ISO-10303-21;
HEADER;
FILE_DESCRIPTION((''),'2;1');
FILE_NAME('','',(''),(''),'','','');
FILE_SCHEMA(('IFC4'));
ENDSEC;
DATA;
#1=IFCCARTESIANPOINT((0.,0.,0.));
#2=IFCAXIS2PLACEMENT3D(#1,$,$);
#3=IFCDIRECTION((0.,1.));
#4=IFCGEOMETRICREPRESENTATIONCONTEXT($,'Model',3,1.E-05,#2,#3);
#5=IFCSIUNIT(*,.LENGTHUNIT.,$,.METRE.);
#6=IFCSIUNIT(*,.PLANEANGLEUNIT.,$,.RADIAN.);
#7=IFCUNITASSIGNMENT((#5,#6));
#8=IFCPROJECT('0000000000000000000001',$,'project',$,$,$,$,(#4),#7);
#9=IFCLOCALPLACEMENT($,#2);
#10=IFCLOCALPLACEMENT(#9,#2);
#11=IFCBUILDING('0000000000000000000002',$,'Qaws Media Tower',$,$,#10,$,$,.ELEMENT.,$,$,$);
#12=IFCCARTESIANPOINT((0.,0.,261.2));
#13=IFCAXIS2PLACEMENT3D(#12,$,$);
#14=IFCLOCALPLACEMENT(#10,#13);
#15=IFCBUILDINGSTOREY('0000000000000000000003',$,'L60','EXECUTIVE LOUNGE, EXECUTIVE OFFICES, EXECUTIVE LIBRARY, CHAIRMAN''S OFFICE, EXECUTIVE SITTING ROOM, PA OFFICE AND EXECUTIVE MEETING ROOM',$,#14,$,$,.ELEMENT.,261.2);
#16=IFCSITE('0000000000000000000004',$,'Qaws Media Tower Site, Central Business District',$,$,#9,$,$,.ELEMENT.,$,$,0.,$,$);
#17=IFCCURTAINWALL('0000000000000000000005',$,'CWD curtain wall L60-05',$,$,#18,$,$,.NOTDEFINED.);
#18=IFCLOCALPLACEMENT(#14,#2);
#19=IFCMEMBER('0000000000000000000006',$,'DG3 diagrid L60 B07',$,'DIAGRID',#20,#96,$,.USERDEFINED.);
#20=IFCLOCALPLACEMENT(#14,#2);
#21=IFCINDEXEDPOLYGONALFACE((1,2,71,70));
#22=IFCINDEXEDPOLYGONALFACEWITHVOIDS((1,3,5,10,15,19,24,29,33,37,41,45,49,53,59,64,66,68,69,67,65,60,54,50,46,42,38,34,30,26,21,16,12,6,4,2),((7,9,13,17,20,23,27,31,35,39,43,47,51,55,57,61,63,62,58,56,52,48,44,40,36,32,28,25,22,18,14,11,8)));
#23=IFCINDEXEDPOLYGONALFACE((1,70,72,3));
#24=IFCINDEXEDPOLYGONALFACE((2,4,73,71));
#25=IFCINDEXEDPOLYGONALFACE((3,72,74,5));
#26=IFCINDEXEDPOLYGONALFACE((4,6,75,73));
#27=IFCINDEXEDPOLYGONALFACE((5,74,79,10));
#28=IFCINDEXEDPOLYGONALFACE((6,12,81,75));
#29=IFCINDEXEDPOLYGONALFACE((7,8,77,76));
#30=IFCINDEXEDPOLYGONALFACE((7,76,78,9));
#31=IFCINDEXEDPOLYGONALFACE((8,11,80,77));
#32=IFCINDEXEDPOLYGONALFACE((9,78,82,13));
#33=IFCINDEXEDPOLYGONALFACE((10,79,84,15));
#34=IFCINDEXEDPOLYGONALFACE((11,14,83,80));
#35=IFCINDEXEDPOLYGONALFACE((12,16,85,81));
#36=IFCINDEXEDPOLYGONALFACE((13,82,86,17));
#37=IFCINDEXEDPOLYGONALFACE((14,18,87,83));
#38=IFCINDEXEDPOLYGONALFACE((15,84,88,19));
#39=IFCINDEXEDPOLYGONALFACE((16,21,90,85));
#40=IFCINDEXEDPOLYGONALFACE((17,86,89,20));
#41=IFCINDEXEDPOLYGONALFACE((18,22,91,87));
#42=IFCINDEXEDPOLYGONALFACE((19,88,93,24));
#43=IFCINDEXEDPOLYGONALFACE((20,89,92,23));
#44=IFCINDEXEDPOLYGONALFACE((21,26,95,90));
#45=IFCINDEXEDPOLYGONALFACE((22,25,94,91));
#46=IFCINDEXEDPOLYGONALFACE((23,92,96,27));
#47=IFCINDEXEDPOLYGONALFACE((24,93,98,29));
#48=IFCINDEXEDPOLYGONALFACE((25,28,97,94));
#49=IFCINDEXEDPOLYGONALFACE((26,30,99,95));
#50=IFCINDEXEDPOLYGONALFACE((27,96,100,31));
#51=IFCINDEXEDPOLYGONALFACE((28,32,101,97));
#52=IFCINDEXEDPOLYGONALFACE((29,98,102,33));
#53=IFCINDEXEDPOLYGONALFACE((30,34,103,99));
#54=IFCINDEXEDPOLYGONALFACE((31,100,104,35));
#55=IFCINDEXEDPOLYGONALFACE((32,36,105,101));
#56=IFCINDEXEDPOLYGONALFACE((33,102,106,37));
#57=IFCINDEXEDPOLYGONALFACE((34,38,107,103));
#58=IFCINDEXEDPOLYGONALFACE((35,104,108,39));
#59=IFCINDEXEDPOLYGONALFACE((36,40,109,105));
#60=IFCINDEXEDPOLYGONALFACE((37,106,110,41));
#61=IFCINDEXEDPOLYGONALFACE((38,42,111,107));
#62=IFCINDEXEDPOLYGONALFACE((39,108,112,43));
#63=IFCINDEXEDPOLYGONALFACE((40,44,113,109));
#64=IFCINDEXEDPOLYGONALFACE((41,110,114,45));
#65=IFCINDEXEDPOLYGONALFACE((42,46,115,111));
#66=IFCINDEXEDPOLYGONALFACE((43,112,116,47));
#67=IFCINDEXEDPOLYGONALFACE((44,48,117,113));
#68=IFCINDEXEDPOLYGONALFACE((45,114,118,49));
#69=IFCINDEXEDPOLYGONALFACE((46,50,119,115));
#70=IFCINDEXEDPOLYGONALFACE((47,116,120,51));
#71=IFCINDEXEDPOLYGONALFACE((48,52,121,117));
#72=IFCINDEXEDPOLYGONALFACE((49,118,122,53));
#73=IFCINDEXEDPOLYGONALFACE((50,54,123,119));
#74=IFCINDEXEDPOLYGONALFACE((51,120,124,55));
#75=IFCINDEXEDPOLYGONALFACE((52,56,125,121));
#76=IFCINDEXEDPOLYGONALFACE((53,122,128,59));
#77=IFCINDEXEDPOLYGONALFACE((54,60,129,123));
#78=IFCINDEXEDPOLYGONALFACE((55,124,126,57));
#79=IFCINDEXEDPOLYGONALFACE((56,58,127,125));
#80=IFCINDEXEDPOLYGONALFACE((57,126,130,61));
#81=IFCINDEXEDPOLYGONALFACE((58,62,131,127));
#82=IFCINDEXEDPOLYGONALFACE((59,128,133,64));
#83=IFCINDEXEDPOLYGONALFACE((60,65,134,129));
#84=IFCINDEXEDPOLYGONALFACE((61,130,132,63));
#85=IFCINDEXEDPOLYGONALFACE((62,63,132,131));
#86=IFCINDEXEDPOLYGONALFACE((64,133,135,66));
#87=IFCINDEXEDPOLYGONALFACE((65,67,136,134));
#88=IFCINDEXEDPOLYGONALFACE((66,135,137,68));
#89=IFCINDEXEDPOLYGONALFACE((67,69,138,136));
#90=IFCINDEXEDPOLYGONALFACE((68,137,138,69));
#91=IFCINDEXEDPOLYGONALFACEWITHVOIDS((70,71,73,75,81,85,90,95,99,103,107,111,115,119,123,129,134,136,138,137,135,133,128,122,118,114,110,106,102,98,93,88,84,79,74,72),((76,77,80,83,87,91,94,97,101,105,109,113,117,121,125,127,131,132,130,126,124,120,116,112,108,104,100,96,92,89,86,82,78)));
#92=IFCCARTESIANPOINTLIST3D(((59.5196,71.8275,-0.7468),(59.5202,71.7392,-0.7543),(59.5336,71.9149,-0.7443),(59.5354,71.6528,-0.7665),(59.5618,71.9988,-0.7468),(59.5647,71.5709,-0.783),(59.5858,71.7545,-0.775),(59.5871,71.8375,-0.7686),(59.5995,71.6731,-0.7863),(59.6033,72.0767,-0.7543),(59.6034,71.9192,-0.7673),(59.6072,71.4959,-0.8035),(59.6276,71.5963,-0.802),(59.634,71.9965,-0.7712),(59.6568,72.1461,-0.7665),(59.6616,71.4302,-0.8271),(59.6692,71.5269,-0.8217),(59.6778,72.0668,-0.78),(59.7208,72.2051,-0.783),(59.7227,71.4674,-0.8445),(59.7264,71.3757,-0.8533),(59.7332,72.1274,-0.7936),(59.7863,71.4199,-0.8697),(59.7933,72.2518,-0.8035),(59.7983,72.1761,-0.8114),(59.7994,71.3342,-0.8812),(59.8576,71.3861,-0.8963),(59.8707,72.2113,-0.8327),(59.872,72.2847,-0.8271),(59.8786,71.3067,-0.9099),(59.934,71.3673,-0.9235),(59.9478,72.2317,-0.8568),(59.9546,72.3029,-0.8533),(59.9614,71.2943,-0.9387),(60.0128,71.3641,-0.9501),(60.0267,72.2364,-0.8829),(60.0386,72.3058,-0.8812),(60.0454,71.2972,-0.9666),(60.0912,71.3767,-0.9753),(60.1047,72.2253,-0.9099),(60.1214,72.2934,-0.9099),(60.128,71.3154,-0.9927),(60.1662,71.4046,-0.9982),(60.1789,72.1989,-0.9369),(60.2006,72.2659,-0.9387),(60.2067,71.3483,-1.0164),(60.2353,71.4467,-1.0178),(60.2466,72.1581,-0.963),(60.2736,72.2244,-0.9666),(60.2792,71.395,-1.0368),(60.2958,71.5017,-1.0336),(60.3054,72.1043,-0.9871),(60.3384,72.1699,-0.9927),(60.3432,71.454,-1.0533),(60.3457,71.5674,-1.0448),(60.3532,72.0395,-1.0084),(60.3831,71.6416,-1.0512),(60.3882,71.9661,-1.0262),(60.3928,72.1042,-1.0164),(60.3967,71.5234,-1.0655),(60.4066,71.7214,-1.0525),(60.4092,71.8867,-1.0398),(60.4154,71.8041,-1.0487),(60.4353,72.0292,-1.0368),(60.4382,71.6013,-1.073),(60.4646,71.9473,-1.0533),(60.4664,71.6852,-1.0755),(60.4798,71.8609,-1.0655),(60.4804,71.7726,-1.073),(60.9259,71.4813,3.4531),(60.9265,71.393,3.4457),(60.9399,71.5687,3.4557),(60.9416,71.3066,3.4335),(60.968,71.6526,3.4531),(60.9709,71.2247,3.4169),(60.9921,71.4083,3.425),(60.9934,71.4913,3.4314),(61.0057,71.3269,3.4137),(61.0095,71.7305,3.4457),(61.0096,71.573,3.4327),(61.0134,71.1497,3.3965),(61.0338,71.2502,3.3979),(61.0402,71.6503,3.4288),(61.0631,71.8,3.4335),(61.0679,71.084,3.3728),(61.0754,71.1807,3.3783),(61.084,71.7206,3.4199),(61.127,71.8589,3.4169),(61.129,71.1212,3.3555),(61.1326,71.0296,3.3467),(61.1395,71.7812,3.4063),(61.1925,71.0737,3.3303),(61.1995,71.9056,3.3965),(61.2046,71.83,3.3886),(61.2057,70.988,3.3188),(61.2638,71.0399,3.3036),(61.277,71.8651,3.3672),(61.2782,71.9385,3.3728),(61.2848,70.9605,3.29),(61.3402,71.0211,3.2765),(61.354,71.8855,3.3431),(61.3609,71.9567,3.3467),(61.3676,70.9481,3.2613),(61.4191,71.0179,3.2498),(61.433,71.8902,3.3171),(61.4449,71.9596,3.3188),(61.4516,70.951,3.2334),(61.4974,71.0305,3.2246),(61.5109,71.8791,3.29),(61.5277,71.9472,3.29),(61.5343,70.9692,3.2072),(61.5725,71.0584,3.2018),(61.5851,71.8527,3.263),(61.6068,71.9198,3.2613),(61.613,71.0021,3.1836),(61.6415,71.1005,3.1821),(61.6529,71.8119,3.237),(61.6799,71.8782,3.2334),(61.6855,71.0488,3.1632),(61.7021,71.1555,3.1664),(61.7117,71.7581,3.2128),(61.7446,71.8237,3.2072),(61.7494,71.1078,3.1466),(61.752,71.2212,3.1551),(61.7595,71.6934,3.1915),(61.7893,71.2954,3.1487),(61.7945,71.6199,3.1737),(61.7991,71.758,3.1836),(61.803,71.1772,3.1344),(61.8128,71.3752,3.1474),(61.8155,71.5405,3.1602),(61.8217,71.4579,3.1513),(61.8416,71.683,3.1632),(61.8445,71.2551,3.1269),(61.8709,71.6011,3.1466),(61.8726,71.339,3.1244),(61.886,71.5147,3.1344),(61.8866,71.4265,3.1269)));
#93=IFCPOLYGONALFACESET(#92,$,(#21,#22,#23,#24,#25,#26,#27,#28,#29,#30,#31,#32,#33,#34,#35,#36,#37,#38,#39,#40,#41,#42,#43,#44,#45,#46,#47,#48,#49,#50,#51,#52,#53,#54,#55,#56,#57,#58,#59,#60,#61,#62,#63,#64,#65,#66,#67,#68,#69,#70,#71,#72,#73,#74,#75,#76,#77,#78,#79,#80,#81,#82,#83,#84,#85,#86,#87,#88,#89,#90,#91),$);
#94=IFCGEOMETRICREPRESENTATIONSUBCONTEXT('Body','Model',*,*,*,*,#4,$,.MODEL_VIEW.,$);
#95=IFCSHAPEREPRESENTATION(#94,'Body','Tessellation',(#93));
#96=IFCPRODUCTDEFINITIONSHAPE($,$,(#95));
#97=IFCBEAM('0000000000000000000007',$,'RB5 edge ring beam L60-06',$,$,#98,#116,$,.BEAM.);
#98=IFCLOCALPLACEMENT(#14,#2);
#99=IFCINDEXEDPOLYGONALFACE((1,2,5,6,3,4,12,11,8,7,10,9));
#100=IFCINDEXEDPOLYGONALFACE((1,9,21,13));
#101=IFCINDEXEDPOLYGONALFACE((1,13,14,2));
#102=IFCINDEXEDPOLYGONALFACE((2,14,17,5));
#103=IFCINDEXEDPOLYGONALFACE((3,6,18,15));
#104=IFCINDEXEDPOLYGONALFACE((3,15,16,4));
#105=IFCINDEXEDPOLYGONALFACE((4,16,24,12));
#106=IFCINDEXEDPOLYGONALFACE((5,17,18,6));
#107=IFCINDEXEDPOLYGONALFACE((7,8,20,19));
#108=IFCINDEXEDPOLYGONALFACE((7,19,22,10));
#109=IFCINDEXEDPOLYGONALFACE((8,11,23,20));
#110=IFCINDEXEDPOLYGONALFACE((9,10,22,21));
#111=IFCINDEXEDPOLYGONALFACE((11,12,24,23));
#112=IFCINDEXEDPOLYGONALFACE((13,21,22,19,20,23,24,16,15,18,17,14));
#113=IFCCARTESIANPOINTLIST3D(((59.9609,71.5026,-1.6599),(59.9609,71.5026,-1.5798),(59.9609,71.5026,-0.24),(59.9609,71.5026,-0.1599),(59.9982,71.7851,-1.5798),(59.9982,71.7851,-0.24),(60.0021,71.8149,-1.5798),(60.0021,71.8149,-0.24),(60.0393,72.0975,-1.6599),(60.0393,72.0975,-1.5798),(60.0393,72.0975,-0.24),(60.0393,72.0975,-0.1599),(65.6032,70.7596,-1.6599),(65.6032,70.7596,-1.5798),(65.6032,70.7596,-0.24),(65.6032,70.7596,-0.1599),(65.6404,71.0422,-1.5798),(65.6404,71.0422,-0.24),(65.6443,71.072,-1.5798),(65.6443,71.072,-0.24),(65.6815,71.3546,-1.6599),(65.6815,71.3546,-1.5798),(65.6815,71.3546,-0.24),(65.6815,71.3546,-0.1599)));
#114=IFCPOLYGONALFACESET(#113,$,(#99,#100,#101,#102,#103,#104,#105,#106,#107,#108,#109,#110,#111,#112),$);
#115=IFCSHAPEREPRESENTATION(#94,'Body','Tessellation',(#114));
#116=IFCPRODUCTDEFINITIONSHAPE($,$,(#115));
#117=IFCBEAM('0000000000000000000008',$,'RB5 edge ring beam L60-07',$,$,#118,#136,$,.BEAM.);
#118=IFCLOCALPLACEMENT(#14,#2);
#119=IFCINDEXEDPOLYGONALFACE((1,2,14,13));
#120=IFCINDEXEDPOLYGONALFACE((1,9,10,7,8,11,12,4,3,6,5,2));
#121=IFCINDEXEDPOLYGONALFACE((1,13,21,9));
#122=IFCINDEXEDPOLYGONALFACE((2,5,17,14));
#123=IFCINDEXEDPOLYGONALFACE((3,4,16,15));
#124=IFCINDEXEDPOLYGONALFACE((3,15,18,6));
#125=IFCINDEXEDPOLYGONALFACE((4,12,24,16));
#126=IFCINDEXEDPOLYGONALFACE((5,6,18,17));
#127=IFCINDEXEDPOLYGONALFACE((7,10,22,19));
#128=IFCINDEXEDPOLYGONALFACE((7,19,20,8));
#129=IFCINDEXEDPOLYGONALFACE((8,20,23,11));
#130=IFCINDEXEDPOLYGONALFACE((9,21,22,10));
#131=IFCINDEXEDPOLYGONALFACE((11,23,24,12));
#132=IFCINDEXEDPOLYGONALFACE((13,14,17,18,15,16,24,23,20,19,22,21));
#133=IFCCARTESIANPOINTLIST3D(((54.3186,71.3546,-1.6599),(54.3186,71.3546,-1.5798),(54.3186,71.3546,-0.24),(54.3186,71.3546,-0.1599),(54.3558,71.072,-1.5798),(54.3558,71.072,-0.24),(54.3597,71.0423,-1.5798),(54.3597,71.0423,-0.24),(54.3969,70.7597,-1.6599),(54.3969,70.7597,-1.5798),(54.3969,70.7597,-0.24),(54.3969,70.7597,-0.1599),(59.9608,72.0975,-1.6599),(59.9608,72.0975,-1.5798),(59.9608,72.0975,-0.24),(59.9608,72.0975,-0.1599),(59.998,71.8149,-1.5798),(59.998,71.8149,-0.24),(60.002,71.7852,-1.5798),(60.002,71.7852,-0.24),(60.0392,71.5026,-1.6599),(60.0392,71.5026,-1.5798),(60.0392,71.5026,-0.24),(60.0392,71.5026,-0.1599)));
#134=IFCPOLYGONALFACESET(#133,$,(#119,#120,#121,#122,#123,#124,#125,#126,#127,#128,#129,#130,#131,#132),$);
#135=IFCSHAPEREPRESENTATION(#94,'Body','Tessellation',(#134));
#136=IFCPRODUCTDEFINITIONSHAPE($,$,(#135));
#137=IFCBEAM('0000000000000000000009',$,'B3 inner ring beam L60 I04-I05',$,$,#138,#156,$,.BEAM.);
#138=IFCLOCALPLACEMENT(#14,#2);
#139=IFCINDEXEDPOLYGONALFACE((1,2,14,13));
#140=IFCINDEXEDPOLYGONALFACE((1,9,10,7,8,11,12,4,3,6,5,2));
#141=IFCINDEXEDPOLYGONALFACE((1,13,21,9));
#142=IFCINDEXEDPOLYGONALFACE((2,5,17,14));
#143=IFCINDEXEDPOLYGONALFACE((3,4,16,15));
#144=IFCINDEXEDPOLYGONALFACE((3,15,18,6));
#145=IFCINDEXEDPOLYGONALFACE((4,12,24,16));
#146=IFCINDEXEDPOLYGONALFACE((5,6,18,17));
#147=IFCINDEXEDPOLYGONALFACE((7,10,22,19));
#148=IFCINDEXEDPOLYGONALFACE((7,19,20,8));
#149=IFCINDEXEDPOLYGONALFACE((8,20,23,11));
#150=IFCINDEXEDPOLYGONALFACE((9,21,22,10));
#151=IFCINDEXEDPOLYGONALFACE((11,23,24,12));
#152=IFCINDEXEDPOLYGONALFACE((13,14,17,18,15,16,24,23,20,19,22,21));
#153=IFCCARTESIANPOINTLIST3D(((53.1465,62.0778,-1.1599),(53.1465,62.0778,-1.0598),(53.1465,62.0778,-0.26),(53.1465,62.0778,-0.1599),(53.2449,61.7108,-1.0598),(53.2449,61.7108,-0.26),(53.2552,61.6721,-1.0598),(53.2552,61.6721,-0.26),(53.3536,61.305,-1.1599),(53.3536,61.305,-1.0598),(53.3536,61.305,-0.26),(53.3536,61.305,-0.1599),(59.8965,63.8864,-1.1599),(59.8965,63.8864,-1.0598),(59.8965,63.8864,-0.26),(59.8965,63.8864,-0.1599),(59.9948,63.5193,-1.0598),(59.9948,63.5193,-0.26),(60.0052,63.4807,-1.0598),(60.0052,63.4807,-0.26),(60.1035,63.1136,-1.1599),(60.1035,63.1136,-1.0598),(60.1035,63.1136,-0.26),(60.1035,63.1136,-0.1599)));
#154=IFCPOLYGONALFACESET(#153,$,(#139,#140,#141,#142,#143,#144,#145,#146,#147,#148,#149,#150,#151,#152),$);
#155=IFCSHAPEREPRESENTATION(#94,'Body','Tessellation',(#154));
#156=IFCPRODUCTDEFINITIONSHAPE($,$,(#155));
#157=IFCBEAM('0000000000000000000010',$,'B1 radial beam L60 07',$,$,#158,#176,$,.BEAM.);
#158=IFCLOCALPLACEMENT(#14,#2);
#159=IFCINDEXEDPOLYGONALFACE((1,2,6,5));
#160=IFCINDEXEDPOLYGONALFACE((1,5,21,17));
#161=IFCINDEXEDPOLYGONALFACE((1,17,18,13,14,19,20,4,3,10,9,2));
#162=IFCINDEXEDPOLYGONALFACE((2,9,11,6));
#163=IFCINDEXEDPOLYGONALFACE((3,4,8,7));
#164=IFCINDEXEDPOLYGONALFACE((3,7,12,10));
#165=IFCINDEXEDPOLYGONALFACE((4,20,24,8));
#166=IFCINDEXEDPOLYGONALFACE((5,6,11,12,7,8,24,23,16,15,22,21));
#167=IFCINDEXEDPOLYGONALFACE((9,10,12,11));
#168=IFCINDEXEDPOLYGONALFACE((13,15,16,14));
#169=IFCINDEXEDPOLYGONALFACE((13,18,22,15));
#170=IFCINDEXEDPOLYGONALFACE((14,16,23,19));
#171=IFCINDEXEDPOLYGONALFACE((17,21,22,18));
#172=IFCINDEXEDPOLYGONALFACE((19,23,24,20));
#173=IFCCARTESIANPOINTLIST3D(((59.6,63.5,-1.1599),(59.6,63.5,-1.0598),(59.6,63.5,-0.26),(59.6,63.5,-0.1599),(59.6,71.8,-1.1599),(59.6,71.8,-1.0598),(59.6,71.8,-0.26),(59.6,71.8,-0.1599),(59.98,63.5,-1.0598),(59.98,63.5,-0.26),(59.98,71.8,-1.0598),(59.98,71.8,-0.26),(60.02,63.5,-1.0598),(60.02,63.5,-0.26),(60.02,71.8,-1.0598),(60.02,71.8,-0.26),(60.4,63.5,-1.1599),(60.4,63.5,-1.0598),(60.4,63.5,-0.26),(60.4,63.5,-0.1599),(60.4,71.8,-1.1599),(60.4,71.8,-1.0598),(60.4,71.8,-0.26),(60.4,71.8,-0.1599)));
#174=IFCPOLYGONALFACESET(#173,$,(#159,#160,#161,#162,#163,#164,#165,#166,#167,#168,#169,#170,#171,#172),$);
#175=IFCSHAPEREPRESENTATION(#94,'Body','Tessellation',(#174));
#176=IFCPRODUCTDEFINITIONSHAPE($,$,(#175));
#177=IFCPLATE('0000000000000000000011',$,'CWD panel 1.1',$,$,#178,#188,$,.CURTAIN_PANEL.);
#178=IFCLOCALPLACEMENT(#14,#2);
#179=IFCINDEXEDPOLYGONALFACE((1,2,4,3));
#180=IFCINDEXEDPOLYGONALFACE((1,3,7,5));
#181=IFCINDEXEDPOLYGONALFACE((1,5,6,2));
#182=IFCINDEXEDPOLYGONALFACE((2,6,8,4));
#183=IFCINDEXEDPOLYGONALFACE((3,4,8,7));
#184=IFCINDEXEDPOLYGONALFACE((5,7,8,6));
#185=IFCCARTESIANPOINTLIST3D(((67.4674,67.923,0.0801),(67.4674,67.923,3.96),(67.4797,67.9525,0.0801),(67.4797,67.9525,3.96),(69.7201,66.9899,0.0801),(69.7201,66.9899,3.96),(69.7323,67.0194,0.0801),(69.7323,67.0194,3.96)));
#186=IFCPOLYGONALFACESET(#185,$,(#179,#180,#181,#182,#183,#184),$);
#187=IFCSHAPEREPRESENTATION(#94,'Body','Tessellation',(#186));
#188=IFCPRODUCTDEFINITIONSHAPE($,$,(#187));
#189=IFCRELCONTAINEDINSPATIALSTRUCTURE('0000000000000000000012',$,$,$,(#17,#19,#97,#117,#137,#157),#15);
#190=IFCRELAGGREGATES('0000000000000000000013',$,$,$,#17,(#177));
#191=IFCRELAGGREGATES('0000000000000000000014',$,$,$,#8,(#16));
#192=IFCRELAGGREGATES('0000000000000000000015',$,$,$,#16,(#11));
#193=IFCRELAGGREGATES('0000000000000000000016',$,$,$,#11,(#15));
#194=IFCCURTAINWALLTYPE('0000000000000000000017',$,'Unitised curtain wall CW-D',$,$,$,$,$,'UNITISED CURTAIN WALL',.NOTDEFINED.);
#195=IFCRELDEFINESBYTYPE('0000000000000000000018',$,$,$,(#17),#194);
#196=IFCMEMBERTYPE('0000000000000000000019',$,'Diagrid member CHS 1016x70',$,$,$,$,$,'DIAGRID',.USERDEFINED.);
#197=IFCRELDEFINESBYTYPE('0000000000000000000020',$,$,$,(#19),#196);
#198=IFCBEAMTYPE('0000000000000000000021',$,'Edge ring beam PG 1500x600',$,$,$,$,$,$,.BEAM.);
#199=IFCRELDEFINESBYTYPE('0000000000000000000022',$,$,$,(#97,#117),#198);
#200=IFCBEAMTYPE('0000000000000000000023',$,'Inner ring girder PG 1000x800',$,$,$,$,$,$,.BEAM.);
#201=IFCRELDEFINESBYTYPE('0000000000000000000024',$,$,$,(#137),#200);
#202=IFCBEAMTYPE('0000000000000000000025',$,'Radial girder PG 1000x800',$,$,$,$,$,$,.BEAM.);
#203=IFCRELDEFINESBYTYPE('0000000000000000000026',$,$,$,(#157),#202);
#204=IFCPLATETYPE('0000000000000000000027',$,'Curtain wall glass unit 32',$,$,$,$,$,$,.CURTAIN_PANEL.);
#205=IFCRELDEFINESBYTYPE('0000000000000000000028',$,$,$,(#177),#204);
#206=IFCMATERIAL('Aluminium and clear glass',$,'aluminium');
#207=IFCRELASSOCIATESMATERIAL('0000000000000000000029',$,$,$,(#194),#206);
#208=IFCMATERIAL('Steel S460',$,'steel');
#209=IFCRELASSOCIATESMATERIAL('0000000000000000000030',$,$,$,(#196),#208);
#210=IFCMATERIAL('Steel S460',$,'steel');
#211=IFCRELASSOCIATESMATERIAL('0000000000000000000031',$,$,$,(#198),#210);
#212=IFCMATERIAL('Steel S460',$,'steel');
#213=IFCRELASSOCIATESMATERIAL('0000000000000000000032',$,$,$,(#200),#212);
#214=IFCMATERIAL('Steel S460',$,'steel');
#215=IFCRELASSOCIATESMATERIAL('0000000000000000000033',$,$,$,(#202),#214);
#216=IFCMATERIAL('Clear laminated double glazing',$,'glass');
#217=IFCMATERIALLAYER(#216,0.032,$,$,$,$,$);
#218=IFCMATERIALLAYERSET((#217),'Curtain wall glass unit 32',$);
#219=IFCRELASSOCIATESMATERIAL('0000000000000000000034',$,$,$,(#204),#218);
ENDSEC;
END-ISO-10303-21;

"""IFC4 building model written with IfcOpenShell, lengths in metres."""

from ifc_helpers import new_model, si_unit, direction, frame, origin, origin_2d, place, context, subcontext, project, spatial, rectangle, hollow_circle, i_section, extrude, material, layer, layer_set, material_profile, profile_set, type_object, element, aggregate, save


model = new_model("IFC4")

# Units and contexts
model_context = context("Model", 3, precision=1e-05, world=origin(), true_north=direction((0.0, 1.0)))
body_context = subcontext(model_context, "Body", "Model", "MODEL_VIEW")
ifc_project = project(units=[si_unit("LENGTHUNIT", "METRE"), si_unit("PLANEANGLEUNIT", "RADIAN")], contexts=[model_context])

# Site, building, storey
site_placement = place(None, origin())
site = spatial("IfcSite", under=ifc_project, at=site_placement, Name="Qaws Media Tower Site, Central Business District", CompositionType="ELEMENT", RefElevation=0.0)
building_placement = place(site_placement, origin())
building = spatial("IfcBuilding", under=site, at=building_placement, Name="Qaws Media Tower", CompositionType="ELEMENT")
storey_placement = place(building_placement, frame((0.0, 0.0, 261.2)))
storey = spatial("IfcBuildingStorey", under=building, at=storey_placement, Name="L60", Description="EXECUTIVE LOUNGE, EXECUTIVE OFFICES, EXECUTIVE LIBRARY, CHAIRMAN'S OFFICE, EXECUTIVE SITTING ROOM, PA OFFICE AND EXECUTIVE MEETING ROOM", CompositionType="ELEMENT", Elevation=261.2)

# Curtain wall
ifc_material_1 = material(Name="Aluminium and clear glass", Category="aluminium")
curtain_wall_type = type_object("IfcCurtainWallType", Name="Unitised curtain wall CW-D", ElementType="UNITISED CURTAIN WALL", PredefinedType="NOTDEFINED", material=ifc_material_1)
curtain_wall_1_placement = place(storey_placement, origin())
curtain_wall_1 = element("IfcCurtainWall", 1, at=curtain_wall_1_placement, inside=storey, type_object=curtain_wall_type, Name="CWD curtain wall L60-05", PredefinedType="NOTDEFINED")

# Member
ifc_material_2 = material(Name="Steel S460", Category="steel")
ifc_material_profile_1 = material_profile(ifc_material_2, hollow_circle(Radius=0.5081, WallThickness=0.0701, at=origin_2d()), Name="CHS 1016x70")
ifc_profile_set_1 = profile_set([ifc_material_profile_1], Name="Steel S460")
member_type_1 = type_object("IfcMemberType", Name="Diagrid member CHS 1016x70", ElementType="DIAGRID", PredefinedType="USERDEFINED", material=ifc_profile_set_1)
for number, where, z_axis, x_axis, name in (
    (2, (60.0, 71.8, -0.9099), (0.316535, -0.077925, 0.945375), (0.239044, 0.971009, 0.0), "DG3 diagrid L60 B07"),
):
    element("IfcMember", number, at=place(storey_placement, frame(where, z_axis=z_axis, x_axis=x_axis)), inside=storey, type_object=member_type_1, Name=name, ObjectType="DIAGRID", PredefinedType="USERDEFINED", context=body_context, shape_type="SweptSolid", body=[
        extrude(hollow_circle(Radius=0.5081, WallThickness=0.0701, at=origin_2d()), origin(), (0.0, 0.0, 1.0), 4.4426),
    ])

# Beams
ifc_material_3 = material(Name="Steel S460", Category="steel")
ifc_material_profile_2 = material_profile(ifc_material_3, i_section(OverallWidth=0.6001, OverallDepth=1.5, WebThickness=0.03, FlangeThickness=0.0801, at=origin_2d()), Name="PG 1500x600")
ifc_profile_set_2 = profile_set([ifc_material_profile_2], Name="Steel S460")
beam_type_1 = type_object("IfcBeamType", Name="Edge ring beam PG 1500x600", PredefinedType="BEAM", material=ifc_profile_set_2)
for number, where, z_axis, x_axis, name in (
    (3, (65.6423, 71.0571, -0.9099), (-0.991443, 0.130542, 0.0), (-0.130542, -0.991443, 0.0), "RB5 edge ring beam L60-06"),
    (4, (60.0, 71.8, -0.9099), (-0.991443, -0.130542, 0.0), (0.130542, -0.991443, 0.0), "RB5 edge ring beam L60-07"),
):
    element("IfcBeam", number, at=place(storey_placement, frame(where, z_axis=z_axis, x_axis=x_axis)), inside=storey, type_object=beam_type_1, Name=name, PredefinedType="BEAM", context=body_context, shape_type="SweptSolid", body=[
        extrude(i_section(OverallWidth=0.6001, OverallDepth=1.5, WebThickness=0.03, FlangeThickness=0.0801, at=origin_2d()), origin(), (0.0, 0.0, 1.0), 5.6909),
    ])
ifc_material_4 = material(Name="Steel S460", Category="steel")
ifc_material_profile_3 = material_profile(ifc_material_4, i_section(OverallWidth=0.8, OverallDepth=1.0, WebThickness=0.04, FlangeThickness=0.1001, at=origin_2d()), Name="PG 1000x800")
ifc_profile_set_3 = profile_set([ifc_material_profile_3], Name="Steel S460")
beam_type_2 = type_object("IfcBeamType", Name="Inner ring girder PG 1000x800", PredefinedType="BEAM", material=ifc_profile_set_3)
beam_1_placement = place(storey_placement, frame((60.0, 63.5, -0.6599), z_axis=(-0.965928, -0.258811, 0.0), x_axis=(0.258811, -0.965928, 0.0)))
element("IfcBeam", 5, at=beam_1_placement, inside=storey, type_object=beam_type_2, Name="B3 inner ring beam L60 I04-I05", PredefinedType="BEAM", context=body_context, shape_type="SweptSolid", body=[
    extrude(i_section(OverallWidth=0.8, OverallDepth=1.0, WebThickness=0.04, FlangeThickness=0.1001, at=origin_2d()), origin(), (0.0, 0.0, 1.0), 6.988),
])
ifc_material_5 = material(Name="Steel S460", Category="steel")
ifc_material_profile_4 = material_profile(ifc_material_5, i_section(OverallWidth=0.8, OverallDepth=1.0, WebThickness=0.04, FlangeThickness=0.1001, at=origin_2d()), Name="PG 1000x800")
ifc_profile_set_4 = profile_set([ifc_material_profile_4], Name="Steel S460")
beam_type_3 = type_object("IfcBeamType", Name="Radial girder PG 1000x800", PredefinedType="BEAM", material=ifc_profile_set_4)
beam_2_placement = place(storey_placement, frame((60.0, 63.5, -0.6599), z_axis=(0.0, 1.0, 0.0), x_axis=(-1.0, 0.0, 0.0)))
element("IfcBeam", 6, at=beam_2_placement, inside=storey, type_object=beam_type_3, Name="B1 radial beam L60 07", PredefinedType="BEAM", context=body_context, shape_type="SweptSolid", body=[
    extrude(i_section(OverallWidth=0.8, OverallDepth=1.0, WebThickness=0.04, FlangeThickness=0.1001, at=origin_2d()), origin(), (0.0, 0.0, 1.0), 8.3),
])

# Plate
ifc_material_6 = material(Name="Clear laminated double glazing", Category="glass")
ifc_layer_1 = layer(ifc_material_6, 0.032)
ifc_layer_set_1 = layer_set([ifc_layer_1], Name="Curtain wall glass unit 32")
plate_type_1 = type_object("IfcPlateType", Name="Curtain wall glass unit 32", PredefinedType="CURTAIN_PANEL", material=ifc_layer_set_1)
plate_1_placement = place(storey_placement, frame((68.5999, 67.4712, 0.0801), z_axis=(0.0, 0.0, 1.0), x_axis=(-0.92388, 0.382683, 0.0)))
plate_1 = element("IfcPlate", 7, at=plate_1_placement, type_object=plate_type_1, Name="CWD panel 1.1", PredefinedType="CURTAIN_PANEL", context=body_context, shape_type="SweptSolid", body=[
    extrude(rectangle(XDim=2.4382, YDim=0.032, at=origin_2d()), origin(), (0.0, 0.0, 1.0), 3.8799),
])
aggregate(curtain_wall_1, [plate_1])

save(model, "model.ifc")
